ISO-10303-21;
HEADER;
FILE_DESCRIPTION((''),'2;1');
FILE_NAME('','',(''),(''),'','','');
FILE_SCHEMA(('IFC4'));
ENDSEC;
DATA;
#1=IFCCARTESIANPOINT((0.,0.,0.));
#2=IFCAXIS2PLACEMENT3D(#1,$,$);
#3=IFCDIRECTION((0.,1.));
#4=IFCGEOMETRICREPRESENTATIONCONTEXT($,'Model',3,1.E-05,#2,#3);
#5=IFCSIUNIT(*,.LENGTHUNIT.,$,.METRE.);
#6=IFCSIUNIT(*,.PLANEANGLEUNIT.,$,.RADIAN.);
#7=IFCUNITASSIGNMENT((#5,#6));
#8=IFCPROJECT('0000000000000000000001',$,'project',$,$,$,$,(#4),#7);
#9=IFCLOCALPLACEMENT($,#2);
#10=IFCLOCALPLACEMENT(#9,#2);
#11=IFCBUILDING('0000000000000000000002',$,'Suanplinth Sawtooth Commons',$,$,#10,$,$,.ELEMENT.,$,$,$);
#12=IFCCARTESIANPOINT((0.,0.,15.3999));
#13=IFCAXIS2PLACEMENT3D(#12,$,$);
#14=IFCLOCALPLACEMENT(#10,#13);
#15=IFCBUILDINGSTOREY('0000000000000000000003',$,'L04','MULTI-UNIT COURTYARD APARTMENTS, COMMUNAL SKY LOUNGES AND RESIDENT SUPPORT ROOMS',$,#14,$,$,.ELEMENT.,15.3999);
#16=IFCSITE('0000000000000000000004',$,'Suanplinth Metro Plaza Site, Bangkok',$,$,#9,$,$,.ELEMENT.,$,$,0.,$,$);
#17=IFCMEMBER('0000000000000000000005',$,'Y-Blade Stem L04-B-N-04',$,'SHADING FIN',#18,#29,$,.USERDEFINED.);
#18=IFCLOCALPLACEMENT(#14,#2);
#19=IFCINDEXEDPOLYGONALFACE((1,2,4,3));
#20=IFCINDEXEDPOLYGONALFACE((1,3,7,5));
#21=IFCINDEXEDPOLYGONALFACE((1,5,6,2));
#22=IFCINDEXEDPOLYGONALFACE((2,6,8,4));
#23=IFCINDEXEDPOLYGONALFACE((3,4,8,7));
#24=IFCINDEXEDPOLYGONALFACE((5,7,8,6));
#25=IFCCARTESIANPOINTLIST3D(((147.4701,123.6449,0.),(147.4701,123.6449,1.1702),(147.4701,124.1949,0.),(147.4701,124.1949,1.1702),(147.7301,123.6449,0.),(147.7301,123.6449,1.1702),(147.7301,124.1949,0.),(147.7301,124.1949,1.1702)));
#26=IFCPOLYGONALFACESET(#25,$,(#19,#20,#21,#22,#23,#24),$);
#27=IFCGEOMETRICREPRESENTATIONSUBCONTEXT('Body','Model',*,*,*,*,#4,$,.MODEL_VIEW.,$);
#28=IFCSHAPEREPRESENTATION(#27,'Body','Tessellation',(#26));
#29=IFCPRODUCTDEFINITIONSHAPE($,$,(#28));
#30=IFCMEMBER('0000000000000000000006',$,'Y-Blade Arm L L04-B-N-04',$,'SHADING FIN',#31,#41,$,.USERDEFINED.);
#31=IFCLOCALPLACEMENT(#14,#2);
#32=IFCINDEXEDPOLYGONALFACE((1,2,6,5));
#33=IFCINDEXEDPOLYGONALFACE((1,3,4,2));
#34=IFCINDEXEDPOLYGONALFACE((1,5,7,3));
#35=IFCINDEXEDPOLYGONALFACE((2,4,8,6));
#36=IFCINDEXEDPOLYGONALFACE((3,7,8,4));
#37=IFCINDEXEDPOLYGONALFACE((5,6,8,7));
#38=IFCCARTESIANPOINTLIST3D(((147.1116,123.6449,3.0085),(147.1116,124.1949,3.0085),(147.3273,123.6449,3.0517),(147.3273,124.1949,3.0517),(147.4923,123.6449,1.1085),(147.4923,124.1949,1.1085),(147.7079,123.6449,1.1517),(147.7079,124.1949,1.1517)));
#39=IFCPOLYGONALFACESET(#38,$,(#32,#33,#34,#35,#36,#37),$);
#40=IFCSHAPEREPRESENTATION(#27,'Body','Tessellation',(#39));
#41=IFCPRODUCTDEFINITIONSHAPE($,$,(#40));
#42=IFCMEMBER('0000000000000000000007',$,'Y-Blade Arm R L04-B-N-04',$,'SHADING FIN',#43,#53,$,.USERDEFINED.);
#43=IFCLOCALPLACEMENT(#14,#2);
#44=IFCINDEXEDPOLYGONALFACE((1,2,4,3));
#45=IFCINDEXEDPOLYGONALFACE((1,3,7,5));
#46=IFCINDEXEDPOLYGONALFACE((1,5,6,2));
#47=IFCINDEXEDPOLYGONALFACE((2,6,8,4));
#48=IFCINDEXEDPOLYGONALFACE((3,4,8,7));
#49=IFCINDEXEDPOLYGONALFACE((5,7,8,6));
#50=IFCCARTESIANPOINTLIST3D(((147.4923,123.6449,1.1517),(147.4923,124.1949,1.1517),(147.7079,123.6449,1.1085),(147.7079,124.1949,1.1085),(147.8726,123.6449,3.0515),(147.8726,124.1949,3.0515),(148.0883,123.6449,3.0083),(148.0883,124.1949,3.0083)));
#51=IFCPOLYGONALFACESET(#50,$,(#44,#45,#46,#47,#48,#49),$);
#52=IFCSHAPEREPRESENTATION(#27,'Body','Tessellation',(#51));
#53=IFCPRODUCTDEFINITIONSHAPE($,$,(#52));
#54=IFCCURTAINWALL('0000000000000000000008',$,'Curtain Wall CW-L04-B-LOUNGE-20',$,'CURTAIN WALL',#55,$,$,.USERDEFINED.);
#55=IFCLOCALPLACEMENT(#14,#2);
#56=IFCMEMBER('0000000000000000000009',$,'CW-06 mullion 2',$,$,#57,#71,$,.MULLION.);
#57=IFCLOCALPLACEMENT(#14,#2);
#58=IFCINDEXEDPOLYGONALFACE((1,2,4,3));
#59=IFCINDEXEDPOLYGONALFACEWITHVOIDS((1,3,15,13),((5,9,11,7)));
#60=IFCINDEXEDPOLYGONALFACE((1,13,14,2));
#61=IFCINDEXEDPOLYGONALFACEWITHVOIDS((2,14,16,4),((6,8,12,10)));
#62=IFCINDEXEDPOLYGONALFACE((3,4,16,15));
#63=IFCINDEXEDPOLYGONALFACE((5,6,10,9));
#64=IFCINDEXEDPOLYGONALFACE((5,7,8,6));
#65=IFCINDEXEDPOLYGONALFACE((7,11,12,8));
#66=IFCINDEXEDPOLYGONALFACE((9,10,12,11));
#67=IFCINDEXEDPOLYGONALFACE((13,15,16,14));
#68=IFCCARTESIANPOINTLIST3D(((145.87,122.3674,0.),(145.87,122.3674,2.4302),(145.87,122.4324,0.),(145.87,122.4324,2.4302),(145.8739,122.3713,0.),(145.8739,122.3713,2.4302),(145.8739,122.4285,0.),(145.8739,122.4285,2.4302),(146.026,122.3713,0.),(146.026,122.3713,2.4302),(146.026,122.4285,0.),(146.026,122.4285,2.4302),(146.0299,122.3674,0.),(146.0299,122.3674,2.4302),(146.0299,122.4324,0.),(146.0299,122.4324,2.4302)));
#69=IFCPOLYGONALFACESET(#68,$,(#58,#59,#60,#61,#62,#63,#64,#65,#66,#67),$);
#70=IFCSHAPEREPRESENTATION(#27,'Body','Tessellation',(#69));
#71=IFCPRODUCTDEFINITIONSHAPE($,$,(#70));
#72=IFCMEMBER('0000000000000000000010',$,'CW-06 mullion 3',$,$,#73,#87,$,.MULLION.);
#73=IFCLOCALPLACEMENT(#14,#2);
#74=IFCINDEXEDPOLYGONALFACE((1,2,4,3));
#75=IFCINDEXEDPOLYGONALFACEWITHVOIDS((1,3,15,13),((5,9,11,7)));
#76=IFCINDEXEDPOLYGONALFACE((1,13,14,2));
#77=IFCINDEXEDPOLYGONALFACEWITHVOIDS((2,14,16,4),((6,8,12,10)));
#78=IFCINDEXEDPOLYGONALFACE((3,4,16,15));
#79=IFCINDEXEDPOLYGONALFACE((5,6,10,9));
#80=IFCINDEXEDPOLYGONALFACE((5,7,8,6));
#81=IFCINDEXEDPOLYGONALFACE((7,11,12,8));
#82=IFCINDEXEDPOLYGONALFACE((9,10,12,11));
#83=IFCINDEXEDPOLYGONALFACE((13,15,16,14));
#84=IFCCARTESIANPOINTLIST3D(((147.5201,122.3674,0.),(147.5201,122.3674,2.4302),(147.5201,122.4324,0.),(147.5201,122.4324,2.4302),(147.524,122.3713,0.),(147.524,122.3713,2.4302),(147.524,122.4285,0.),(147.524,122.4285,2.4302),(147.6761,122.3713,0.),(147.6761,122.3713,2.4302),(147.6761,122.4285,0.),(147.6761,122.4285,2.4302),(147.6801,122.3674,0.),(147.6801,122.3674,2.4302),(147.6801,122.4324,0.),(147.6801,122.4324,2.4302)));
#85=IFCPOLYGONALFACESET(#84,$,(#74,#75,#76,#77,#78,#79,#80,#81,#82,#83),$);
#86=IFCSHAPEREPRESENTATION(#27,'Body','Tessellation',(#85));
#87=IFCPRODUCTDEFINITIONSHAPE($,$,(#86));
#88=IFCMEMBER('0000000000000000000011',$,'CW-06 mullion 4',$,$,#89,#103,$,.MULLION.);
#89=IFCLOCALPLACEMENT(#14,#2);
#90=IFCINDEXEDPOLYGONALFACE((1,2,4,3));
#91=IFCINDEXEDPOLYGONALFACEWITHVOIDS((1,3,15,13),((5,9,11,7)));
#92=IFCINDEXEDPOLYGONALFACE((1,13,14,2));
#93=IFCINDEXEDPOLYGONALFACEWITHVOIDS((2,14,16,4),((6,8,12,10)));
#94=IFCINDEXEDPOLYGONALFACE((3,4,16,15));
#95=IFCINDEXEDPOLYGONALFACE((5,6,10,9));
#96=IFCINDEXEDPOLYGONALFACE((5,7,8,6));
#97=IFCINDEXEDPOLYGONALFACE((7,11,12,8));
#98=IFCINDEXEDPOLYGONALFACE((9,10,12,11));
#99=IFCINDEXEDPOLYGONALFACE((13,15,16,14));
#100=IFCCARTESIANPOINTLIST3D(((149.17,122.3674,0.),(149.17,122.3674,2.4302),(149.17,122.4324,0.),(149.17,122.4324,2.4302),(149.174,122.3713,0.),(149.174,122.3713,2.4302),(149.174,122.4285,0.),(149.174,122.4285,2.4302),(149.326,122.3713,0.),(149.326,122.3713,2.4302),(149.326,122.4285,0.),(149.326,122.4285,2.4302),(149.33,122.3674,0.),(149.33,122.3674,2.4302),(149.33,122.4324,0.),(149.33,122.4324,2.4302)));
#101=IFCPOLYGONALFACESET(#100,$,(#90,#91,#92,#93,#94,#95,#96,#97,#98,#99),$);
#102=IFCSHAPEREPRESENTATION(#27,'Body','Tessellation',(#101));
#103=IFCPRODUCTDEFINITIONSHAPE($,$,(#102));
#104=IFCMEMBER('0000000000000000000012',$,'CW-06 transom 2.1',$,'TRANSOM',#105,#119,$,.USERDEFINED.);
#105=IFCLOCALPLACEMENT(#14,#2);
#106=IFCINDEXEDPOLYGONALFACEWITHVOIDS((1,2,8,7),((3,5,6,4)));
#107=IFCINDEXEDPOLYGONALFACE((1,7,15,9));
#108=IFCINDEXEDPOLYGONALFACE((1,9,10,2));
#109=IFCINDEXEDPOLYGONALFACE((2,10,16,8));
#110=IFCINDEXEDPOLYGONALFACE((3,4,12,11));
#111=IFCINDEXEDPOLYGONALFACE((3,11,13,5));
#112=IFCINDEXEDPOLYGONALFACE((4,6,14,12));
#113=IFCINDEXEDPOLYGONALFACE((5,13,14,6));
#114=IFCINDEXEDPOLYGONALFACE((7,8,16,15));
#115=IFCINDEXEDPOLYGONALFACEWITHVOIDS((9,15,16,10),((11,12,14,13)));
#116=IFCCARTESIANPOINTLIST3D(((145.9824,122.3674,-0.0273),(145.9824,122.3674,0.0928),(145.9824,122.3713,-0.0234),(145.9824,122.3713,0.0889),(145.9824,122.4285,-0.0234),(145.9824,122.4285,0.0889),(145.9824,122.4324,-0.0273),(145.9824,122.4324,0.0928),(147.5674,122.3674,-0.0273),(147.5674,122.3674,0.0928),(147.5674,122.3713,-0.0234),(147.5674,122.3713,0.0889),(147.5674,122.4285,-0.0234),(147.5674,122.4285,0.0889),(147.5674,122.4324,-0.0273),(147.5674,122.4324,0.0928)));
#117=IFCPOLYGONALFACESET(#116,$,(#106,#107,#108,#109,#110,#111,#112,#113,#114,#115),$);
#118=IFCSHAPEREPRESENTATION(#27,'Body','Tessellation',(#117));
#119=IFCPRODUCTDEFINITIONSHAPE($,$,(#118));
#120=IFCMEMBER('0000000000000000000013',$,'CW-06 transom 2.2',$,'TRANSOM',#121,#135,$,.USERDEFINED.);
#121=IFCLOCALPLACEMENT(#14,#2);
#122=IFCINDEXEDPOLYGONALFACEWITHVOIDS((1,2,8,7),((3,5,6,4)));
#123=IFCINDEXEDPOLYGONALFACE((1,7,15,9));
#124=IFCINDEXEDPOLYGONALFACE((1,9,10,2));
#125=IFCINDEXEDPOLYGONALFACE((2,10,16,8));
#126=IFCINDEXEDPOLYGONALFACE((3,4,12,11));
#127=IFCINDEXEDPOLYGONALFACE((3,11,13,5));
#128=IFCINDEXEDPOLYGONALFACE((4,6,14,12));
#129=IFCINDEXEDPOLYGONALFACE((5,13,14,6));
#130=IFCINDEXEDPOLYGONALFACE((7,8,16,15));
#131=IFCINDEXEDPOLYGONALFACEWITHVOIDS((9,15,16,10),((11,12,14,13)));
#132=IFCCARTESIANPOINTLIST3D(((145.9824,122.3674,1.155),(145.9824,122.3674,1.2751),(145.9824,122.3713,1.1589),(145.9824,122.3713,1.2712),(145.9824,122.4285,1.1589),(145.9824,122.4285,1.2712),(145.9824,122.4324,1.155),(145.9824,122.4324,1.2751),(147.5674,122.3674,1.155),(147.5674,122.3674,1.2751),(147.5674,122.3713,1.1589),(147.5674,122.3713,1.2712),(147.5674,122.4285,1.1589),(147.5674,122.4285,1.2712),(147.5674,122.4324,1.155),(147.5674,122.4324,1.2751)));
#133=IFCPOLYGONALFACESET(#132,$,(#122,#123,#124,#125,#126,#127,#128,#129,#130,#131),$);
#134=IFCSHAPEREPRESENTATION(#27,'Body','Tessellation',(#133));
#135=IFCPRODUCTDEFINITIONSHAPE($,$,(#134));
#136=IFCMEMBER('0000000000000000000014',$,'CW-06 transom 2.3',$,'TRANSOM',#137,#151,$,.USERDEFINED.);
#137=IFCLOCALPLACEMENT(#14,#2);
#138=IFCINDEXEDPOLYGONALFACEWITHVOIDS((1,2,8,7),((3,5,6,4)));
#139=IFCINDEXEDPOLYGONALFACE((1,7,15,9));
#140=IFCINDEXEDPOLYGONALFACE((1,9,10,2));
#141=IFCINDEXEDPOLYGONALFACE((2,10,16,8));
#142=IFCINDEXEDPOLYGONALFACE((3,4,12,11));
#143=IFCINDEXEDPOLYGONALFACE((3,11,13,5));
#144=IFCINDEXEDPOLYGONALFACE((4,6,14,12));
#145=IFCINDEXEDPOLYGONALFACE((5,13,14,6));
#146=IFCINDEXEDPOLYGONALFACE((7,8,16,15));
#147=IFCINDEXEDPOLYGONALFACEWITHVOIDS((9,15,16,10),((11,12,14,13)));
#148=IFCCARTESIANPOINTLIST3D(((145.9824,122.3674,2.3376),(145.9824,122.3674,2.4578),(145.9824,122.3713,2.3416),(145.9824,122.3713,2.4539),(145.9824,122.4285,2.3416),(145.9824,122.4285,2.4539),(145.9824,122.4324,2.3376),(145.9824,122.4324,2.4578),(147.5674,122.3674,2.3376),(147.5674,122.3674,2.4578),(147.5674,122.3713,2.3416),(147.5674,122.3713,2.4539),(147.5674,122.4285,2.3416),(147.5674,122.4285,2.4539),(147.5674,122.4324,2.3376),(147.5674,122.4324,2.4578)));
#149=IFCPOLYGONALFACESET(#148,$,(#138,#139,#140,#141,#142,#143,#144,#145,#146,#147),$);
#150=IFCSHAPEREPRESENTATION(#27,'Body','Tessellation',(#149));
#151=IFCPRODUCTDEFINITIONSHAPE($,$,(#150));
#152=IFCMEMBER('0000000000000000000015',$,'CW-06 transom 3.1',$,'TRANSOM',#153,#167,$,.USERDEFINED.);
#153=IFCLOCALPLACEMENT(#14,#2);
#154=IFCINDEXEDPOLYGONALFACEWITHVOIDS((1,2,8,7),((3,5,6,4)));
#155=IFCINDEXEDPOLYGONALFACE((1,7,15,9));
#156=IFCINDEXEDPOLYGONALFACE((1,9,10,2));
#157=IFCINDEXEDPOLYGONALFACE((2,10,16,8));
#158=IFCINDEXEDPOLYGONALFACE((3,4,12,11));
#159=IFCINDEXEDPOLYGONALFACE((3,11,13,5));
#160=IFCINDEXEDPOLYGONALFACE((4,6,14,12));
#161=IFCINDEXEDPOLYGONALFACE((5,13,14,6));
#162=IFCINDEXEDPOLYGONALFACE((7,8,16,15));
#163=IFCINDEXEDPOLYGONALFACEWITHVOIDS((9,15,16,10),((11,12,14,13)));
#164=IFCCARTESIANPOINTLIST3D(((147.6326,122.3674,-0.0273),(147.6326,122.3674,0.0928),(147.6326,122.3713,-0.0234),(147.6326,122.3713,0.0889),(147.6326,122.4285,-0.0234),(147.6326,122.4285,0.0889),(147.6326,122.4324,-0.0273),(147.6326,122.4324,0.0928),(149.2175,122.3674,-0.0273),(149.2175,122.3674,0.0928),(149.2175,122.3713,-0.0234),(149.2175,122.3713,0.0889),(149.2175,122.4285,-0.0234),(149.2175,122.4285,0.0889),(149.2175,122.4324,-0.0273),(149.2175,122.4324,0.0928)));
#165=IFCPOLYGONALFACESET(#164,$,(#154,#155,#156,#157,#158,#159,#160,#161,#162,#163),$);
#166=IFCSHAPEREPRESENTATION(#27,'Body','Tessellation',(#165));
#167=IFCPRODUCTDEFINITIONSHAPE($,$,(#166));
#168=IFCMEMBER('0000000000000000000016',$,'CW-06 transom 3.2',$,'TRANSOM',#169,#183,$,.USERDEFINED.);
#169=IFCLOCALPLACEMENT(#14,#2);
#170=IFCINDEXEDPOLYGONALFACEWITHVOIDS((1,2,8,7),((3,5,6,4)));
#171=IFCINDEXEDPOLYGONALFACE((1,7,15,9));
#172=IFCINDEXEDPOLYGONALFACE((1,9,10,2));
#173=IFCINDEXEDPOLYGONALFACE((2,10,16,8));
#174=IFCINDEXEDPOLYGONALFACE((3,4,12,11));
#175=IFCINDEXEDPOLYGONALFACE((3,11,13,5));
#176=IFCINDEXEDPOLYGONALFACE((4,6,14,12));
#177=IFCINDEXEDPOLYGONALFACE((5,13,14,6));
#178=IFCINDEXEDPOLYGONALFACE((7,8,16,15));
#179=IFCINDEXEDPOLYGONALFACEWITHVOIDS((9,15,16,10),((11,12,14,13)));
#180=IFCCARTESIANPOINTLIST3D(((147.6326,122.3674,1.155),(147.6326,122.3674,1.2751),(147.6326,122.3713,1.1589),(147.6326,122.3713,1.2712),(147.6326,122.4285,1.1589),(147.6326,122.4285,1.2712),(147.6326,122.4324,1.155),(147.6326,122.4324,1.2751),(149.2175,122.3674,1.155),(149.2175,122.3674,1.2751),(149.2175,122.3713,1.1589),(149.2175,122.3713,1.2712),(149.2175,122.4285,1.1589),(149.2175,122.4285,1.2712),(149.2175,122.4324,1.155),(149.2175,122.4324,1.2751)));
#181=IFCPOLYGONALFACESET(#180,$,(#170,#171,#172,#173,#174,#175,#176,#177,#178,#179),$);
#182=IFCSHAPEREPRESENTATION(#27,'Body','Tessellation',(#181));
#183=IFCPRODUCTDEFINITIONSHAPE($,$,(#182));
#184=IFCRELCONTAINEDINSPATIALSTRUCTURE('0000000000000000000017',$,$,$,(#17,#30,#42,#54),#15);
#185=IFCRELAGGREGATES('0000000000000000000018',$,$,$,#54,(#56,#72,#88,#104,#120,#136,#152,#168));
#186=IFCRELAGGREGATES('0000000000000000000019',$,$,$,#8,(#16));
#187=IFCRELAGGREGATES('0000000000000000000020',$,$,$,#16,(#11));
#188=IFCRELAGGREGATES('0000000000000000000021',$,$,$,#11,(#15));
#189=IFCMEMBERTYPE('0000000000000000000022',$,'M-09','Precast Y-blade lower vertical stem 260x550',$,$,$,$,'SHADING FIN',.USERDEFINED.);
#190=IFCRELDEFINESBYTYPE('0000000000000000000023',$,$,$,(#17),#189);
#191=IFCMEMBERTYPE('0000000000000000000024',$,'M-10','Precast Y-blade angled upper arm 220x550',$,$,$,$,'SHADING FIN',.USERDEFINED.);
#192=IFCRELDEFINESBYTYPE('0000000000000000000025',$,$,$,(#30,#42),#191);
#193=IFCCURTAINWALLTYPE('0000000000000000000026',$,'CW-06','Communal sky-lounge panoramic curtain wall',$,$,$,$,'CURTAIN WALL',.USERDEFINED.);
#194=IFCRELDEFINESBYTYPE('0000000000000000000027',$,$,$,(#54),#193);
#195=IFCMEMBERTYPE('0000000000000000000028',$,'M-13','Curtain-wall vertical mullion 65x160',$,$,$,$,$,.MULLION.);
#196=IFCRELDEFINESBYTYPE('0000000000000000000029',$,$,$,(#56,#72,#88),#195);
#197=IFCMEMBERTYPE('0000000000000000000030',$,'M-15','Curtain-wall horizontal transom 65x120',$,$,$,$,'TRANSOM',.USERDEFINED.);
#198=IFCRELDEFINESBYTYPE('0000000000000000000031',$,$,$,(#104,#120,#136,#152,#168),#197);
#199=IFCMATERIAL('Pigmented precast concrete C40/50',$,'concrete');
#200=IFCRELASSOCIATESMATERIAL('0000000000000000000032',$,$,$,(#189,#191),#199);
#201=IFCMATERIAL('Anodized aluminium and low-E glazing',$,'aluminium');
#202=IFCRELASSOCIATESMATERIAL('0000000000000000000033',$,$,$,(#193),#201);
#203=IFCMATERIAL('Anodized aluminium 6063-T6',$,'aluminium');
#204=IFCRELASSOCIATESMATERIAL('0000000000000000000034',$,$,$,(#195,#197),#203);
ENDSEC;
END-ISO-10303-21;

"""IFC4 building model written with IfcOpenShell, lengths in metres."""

from ifc_helpers import new_model, si_unit, direction, frame, origin, origin_2d, place, context, subcontext, project, spatial, rectangle, hollow_rectangle, extrude, material, material_profile, profile_set, type_object, element, aggregate, save


model = new_model("IFC4")

# Units and contexts
model_context = context("Model", 3, precision=1e-05, world=origin(), true_north=direction((0.0, 1.0)))
body_context = subcontext(model_context, "Body", "Model", "MODEL_VIEW")
ifc_project = project(units=[si_unit("LENGTHUNIT", "METRE"), si_unit("PLANEANGLEUNIT", "RADIAN")], contexts=[model_context])

# Site, building, storey
site_placement = place(None, origin())
site = spatial("IfcSite", under=ifc_project, at=site_placement, Name="Suanplinth Metro Plaza Site, Bangkok", CompositionType="ELEMENT", RefElevation=0.0)
building_placement = place(site_placement, origin())
building = spatial("IfcBuilding", under=site, at=building_placement, Name="Suanplinth Sawtooth Commons", CompositionType="ELEMENT")
storey_placement = place(building_placement, frame((0.0, 0.0, 15.3999)))
storey = spatial("IfcBuildingStorey", under=building, at=storey_placement, Name="L04", Description="MULTI-UNIT COURTYARD APARTMENTS, COMMUNAL SKY LOUNGES AND RESIDENT SUPPORT ROOMS", CompositionType="ELEMENT", Elevation=15.3999)

# Members
ifc_material_1 = material(Name="Pigmented precast concrete C40/50", Category="concrete")
ifc_material_profile_1 = material_profile(ifc_material_1, rectangle(XDim=0.26, YDim=0.55, at=origin_2d()), Name="PC-FIN 260x550")
ifc_profile_set_1 = profile_set([ifc_material_profile_1], Name="Pigmented precast concrete C40/50")
member_type_1 = type_object("IfcMemberType", Name="M-09", Description="Precast Y-blade lower vertical stem 260x550", ElementType="SHADING FIN", PredefinedType="USERDEFINED", material=ifc_profile_set_1)
member_1_placement = place(storey_placement, frame((147.6001, 123.9199, 0.0), z_axis=(0.0, 0.0, 1.0), x_axis=(1.0, 0.0, 0.0)))
element("IfcMember", 1, at=member_1_placement, inside=storey, type_object=member_type_1, Name="Y-Blade Stem L04-B-N-04", ObjectType="SHADING FIN", PredefinedType="USERDEFINED", context=body_context, shape_type="SweptSolid", body=[
    extrude(rectangle(XDim=0.26, YDim=0.55, at=origin_2d()), origin(), (0.0, 0.0, 1.0), 1.1702),
])
ifc_material_profile_2 = material_profile(ifc_material_1, rectangle(XDim=0.22, YDim=0.55, at=origin_2d()), Name="PC-FIN 220x550")
ifc_profile_set_2 = profile_set([ifc_material_profile_2], Name="Pigmented precast concrete C40/50")
member_type_2 = type_object("IfcMemberType", Name="M-10", Description="Precast Y-blade angled upper arm 220x550", ElementType="SHADING FIN", PredefinedType="USERDEFINED", material=ifc_profile_set_2)
member_2_placement = place(storey_placement, frame((147.6001, 123.9199, 1.1301), z_axis=(-0.196431, 0.0, 0.980518), x_axis=(0.980518, 0.0, 0.196431)))
element("IfcMember", 2, at=member_2_placement, inside=storey, type_object=member_type_2, Name="Y-Blade Arm L L04-B-N-04", ObjectType="SHADING FIN", PredefinedType="USERDEFINED", context=body_context, shape_type="SweptSolid", body=[
    extrude(rectangle(XDim=0.22, YDim=0.55, at=origin_2d()), origin(), (0.0, 0.0, 1.0), 1.9377),
])
member_3_placement = place(storey_placement, frame((147.6001, 123.9199, 1.1301), z_axis=(0.19631, 0.0, 0.980542), x_axis=(-0.980542, 0.0, 0.19631)))
element("IfcMember", 3, at=member_3_placement, inside=storey, type_object=member_type_2, Name="Y-Blade Arm R L04-B-N-04", ObjectType="SHADING FIN", PredefinedType="USERDEFINED", context=body_context, shape_type="SweptSolid", body=[
    extrude(rectangle(XDim=0.22, YDim=0.55, at=origin_2d()), origin(), (0.0, 0.0, 1.0), 1.9375),
])

# Curtain wall, members
ifc_material_2 = material(Name="Anodized aluminium and low-E glazing", Category="aluminium")
curtain_wall_type = type_object("IfcCurtainWallType", Name="CW-06", Description="Communal sky-lounge panoramic curtain wall", ElementType="CURTAIN WALL", PredefinedType="USERDEFINED", material=ifc_material_2)
curtain_wall_placement = place(storey_placement, origin())
curtain_wall = element("IfcCurtainWall", 4, at=curtain_wall_placement, inside=storey, type_object=curtain_wall_type, Name="Curtain Wall CW-L04-B-LOUNGE-20", ObjectType="CURTAIN WALL", PredefinedType="USERDEFINED")
ifc_material_3 = material(Name="Anodized aluminium 6063-T6", Category="aluminium")
ifc_material_profile_3 = material_profile(ifc_material_3, hollow_rectangle(XDim=0.0649, YDim=0.1599, WallThickness=0.0039, at=origin_2d()), Name="ALU-MUL 65x160")
ifc_profile_set_3 = profile_set([ifc_material_profile_3], Name="Anodized aluminium 6063-T6")
member_type_3 = type_object("IfcMemberType", Name="M-13", Description="Curtain-wall vertical mullion 65x160", PredefinedType="MULLION", material=ifc_profile_set_3)
member_4_placement = place(storey_placement, frame((145.95, 122.3999, 0.0), z_axis=(0.0, 0.0, 1.0), x_axis=(0.0, 1.0, 0.0)))
member_4 = element("IfcMember", 5, at=member_4_placement, type_object=member_type_3, Name="CW-06 mullion 2", PredefinedType="MULLION", context=body_context, shape_type="SweptSolid", body=[
    extrude(hollow_rectangle(XDim=0.0649, YDim=0.1599, WallThickness=0.0039, at=origin_2d()), origin(), (0.0, 0.0, 1.0), 2.4302),
])
member_5_placement = place(storey_placement, frame((147.6001, 122.3999, 0.0), z_axis=(0.0, 0.0, 1.0), x_axis=(0.0, 1.0, 0.0)))
member_5 = element("IfcMember", 6, at=member_5_placement, type_object=member_type_3, Name="CW-06 mullion 3", PredefinedType="MULLION", context=body_context, shape_type="SweptSolid", body=[
    extrude(hollow_rectangle(XDim=0.0649, YDim=0.1599, WallThickness=0.0039, at=origin_2d()), origin(), (0.0, 0.0, 1.0), 2.4302),
])
member_6_placement = place(storey_placement, frame((149.25, 122.3999, 0.0), z_axis=(0.0, 0.0, 1.0), x_axis=(0.0, 1.0, 0.0)))
member_6 = element("IfcMember", 7, at=member_6_placement, type_object=member_type_3, Name="CW-06 mullion 4", PredefinedType="MULLION", context=body_context, shape_type="SweptSolid", body=[
    extrude(hollow_rectangle(XDim=0.0649, YDim=0.1599, WallThickness=0.0039, at=origin_2d()), origin(), (0.0, 0.0, 1.0), 2.4302),
])
ifc_material_profile_4 = material_profile(ifc_material_3, hollow_rectangle(XDim=0.0649, YDim=0.1201, WallThickness=0.0039, at=origin_2d()), Name="ALU-TRN 65x120")
ifc_profile_set_4 = profile_set([ifc_material_profile_4], Name="Anodized aluminium 6063-T6")
member_type_4 = type_object("IfcMemberType", Name="M-15", Description="Curtain-wall horizontal transom 65x120", ElementType="TRANSOM", PredefinedType="USERDEFINED", material=ifc_profile_set_4)
member_7_placement = place(storey_placement, frame((145.9824, 122.3999, 0.0327), z_axis=(1.0, 0.0, 0.0), x_axis=(0.0, 1.0, 0.0)))
member_7 = element("IfcMember", 8, at=member_7_placement, type_object=member_type_4, Name="CW-06 transom 2.1", ObjectType="TRANSOM", PredefinedType="USERDEFINED", context=body_context, shape_type="SweptSolid", body=[
    extrude(hollow_rectangle(XDim=0.0649, YDim=0.1201, WallThickness=0.0039, at=origin_2d()), origin(), (0.0, 0.0, 1.0), 1.585),
])
member_8_placement = place(storey_placement, frame((145.9824, 122.3999, 1.2151), z_axis=(1.0, 0.0, 0.0), x_axis=(0.0, 1.0, 0.0)))
member_8 = element("IfcMember", 9, at=member_8_placement, type_object=member_type_4, Name="CW-06 transom 2.2", ObjectType="TRANSOM", PredefinedType="USERDEFINED", context=body_context, shape_type="SweptSolid", body=[
    extrude(hollow_rectangle(XDim=0.0649, YDim=0.1201, WallThickness=0.0039, at=origin_2d()), origin(), (0.0, 0.0, 1.0), 1.585),
])
member_9_placement = place(storey_placement, frame((145.9824, 122.3999, 2.3977), z_axis=(1.0, 0.0, 0.0), x_axis=(0.0, 1.0, 0.0)))
member_9 = element("IfcMember", 10, at=member_9_placement, type_object=member_type_4, Name="CW-06 transom 2.3", ObjectType="TRANSOM", PredefinedType="USERDEFINED", context=body_context, shape_type="SweptSolid", body=[
    extrude(hollow_rectangle(XDim=0.0649, YDim=0.1201, WallThickness=0.0039, at=origin_2d()), origin(), (0.0, 0.0, 1.0), 1.585),
])
member_10_placement = place(storey_placement, frame((147.6326, 122.3999, 0.0327), z_axis=(1.0, 0.0, 0.0), x_axis=(0.0, 1.0, 0.0)))
member_10 = element("IfcMember", 11, at=member_10_placement, type_object=member_type_4, Name="CW-06 transom 3.1", ObjectType="TRANSOM", PredefinedType="USERDEFINED", context=body_context, shape_type="SweptSolid", body=[
    extrude(hollow_rectangle(XDim=0.0649, YDim=0.1201, WallThickness=0.0039, at=origin_2d()), origin(), (0.0, 0.0, 1.0), 1.585),
])
member_11_placement = place(storey_placement, frame((147.6326, 122.3999, 1.2151), z_axis=(1.0, 0.0, 0.0), x_axis=(0.0, 1.0, 0.0)))
member_11 = element("IfcMember", 12, at=member_11_placement, type_object=member_type_4, Name="CW-06 transom 3.2", ObjectType="TRANSOM", PredefinedType="USERDEFINED", context=body_context, shape_type="SweptSolid", body=[
    extrude(hollow_rectangle(XDim=0.0649, YDim=0.1201, WallThickness=0.0039, at=origin_2d()), origin(), (0.0, 0.0, 1.0), 1.585),
])

aggregate(curtain_wall, [member_4, member_5, member_6, member_7, member_8, member_9, member_10, member_11])

save(model, "model.ifc")
